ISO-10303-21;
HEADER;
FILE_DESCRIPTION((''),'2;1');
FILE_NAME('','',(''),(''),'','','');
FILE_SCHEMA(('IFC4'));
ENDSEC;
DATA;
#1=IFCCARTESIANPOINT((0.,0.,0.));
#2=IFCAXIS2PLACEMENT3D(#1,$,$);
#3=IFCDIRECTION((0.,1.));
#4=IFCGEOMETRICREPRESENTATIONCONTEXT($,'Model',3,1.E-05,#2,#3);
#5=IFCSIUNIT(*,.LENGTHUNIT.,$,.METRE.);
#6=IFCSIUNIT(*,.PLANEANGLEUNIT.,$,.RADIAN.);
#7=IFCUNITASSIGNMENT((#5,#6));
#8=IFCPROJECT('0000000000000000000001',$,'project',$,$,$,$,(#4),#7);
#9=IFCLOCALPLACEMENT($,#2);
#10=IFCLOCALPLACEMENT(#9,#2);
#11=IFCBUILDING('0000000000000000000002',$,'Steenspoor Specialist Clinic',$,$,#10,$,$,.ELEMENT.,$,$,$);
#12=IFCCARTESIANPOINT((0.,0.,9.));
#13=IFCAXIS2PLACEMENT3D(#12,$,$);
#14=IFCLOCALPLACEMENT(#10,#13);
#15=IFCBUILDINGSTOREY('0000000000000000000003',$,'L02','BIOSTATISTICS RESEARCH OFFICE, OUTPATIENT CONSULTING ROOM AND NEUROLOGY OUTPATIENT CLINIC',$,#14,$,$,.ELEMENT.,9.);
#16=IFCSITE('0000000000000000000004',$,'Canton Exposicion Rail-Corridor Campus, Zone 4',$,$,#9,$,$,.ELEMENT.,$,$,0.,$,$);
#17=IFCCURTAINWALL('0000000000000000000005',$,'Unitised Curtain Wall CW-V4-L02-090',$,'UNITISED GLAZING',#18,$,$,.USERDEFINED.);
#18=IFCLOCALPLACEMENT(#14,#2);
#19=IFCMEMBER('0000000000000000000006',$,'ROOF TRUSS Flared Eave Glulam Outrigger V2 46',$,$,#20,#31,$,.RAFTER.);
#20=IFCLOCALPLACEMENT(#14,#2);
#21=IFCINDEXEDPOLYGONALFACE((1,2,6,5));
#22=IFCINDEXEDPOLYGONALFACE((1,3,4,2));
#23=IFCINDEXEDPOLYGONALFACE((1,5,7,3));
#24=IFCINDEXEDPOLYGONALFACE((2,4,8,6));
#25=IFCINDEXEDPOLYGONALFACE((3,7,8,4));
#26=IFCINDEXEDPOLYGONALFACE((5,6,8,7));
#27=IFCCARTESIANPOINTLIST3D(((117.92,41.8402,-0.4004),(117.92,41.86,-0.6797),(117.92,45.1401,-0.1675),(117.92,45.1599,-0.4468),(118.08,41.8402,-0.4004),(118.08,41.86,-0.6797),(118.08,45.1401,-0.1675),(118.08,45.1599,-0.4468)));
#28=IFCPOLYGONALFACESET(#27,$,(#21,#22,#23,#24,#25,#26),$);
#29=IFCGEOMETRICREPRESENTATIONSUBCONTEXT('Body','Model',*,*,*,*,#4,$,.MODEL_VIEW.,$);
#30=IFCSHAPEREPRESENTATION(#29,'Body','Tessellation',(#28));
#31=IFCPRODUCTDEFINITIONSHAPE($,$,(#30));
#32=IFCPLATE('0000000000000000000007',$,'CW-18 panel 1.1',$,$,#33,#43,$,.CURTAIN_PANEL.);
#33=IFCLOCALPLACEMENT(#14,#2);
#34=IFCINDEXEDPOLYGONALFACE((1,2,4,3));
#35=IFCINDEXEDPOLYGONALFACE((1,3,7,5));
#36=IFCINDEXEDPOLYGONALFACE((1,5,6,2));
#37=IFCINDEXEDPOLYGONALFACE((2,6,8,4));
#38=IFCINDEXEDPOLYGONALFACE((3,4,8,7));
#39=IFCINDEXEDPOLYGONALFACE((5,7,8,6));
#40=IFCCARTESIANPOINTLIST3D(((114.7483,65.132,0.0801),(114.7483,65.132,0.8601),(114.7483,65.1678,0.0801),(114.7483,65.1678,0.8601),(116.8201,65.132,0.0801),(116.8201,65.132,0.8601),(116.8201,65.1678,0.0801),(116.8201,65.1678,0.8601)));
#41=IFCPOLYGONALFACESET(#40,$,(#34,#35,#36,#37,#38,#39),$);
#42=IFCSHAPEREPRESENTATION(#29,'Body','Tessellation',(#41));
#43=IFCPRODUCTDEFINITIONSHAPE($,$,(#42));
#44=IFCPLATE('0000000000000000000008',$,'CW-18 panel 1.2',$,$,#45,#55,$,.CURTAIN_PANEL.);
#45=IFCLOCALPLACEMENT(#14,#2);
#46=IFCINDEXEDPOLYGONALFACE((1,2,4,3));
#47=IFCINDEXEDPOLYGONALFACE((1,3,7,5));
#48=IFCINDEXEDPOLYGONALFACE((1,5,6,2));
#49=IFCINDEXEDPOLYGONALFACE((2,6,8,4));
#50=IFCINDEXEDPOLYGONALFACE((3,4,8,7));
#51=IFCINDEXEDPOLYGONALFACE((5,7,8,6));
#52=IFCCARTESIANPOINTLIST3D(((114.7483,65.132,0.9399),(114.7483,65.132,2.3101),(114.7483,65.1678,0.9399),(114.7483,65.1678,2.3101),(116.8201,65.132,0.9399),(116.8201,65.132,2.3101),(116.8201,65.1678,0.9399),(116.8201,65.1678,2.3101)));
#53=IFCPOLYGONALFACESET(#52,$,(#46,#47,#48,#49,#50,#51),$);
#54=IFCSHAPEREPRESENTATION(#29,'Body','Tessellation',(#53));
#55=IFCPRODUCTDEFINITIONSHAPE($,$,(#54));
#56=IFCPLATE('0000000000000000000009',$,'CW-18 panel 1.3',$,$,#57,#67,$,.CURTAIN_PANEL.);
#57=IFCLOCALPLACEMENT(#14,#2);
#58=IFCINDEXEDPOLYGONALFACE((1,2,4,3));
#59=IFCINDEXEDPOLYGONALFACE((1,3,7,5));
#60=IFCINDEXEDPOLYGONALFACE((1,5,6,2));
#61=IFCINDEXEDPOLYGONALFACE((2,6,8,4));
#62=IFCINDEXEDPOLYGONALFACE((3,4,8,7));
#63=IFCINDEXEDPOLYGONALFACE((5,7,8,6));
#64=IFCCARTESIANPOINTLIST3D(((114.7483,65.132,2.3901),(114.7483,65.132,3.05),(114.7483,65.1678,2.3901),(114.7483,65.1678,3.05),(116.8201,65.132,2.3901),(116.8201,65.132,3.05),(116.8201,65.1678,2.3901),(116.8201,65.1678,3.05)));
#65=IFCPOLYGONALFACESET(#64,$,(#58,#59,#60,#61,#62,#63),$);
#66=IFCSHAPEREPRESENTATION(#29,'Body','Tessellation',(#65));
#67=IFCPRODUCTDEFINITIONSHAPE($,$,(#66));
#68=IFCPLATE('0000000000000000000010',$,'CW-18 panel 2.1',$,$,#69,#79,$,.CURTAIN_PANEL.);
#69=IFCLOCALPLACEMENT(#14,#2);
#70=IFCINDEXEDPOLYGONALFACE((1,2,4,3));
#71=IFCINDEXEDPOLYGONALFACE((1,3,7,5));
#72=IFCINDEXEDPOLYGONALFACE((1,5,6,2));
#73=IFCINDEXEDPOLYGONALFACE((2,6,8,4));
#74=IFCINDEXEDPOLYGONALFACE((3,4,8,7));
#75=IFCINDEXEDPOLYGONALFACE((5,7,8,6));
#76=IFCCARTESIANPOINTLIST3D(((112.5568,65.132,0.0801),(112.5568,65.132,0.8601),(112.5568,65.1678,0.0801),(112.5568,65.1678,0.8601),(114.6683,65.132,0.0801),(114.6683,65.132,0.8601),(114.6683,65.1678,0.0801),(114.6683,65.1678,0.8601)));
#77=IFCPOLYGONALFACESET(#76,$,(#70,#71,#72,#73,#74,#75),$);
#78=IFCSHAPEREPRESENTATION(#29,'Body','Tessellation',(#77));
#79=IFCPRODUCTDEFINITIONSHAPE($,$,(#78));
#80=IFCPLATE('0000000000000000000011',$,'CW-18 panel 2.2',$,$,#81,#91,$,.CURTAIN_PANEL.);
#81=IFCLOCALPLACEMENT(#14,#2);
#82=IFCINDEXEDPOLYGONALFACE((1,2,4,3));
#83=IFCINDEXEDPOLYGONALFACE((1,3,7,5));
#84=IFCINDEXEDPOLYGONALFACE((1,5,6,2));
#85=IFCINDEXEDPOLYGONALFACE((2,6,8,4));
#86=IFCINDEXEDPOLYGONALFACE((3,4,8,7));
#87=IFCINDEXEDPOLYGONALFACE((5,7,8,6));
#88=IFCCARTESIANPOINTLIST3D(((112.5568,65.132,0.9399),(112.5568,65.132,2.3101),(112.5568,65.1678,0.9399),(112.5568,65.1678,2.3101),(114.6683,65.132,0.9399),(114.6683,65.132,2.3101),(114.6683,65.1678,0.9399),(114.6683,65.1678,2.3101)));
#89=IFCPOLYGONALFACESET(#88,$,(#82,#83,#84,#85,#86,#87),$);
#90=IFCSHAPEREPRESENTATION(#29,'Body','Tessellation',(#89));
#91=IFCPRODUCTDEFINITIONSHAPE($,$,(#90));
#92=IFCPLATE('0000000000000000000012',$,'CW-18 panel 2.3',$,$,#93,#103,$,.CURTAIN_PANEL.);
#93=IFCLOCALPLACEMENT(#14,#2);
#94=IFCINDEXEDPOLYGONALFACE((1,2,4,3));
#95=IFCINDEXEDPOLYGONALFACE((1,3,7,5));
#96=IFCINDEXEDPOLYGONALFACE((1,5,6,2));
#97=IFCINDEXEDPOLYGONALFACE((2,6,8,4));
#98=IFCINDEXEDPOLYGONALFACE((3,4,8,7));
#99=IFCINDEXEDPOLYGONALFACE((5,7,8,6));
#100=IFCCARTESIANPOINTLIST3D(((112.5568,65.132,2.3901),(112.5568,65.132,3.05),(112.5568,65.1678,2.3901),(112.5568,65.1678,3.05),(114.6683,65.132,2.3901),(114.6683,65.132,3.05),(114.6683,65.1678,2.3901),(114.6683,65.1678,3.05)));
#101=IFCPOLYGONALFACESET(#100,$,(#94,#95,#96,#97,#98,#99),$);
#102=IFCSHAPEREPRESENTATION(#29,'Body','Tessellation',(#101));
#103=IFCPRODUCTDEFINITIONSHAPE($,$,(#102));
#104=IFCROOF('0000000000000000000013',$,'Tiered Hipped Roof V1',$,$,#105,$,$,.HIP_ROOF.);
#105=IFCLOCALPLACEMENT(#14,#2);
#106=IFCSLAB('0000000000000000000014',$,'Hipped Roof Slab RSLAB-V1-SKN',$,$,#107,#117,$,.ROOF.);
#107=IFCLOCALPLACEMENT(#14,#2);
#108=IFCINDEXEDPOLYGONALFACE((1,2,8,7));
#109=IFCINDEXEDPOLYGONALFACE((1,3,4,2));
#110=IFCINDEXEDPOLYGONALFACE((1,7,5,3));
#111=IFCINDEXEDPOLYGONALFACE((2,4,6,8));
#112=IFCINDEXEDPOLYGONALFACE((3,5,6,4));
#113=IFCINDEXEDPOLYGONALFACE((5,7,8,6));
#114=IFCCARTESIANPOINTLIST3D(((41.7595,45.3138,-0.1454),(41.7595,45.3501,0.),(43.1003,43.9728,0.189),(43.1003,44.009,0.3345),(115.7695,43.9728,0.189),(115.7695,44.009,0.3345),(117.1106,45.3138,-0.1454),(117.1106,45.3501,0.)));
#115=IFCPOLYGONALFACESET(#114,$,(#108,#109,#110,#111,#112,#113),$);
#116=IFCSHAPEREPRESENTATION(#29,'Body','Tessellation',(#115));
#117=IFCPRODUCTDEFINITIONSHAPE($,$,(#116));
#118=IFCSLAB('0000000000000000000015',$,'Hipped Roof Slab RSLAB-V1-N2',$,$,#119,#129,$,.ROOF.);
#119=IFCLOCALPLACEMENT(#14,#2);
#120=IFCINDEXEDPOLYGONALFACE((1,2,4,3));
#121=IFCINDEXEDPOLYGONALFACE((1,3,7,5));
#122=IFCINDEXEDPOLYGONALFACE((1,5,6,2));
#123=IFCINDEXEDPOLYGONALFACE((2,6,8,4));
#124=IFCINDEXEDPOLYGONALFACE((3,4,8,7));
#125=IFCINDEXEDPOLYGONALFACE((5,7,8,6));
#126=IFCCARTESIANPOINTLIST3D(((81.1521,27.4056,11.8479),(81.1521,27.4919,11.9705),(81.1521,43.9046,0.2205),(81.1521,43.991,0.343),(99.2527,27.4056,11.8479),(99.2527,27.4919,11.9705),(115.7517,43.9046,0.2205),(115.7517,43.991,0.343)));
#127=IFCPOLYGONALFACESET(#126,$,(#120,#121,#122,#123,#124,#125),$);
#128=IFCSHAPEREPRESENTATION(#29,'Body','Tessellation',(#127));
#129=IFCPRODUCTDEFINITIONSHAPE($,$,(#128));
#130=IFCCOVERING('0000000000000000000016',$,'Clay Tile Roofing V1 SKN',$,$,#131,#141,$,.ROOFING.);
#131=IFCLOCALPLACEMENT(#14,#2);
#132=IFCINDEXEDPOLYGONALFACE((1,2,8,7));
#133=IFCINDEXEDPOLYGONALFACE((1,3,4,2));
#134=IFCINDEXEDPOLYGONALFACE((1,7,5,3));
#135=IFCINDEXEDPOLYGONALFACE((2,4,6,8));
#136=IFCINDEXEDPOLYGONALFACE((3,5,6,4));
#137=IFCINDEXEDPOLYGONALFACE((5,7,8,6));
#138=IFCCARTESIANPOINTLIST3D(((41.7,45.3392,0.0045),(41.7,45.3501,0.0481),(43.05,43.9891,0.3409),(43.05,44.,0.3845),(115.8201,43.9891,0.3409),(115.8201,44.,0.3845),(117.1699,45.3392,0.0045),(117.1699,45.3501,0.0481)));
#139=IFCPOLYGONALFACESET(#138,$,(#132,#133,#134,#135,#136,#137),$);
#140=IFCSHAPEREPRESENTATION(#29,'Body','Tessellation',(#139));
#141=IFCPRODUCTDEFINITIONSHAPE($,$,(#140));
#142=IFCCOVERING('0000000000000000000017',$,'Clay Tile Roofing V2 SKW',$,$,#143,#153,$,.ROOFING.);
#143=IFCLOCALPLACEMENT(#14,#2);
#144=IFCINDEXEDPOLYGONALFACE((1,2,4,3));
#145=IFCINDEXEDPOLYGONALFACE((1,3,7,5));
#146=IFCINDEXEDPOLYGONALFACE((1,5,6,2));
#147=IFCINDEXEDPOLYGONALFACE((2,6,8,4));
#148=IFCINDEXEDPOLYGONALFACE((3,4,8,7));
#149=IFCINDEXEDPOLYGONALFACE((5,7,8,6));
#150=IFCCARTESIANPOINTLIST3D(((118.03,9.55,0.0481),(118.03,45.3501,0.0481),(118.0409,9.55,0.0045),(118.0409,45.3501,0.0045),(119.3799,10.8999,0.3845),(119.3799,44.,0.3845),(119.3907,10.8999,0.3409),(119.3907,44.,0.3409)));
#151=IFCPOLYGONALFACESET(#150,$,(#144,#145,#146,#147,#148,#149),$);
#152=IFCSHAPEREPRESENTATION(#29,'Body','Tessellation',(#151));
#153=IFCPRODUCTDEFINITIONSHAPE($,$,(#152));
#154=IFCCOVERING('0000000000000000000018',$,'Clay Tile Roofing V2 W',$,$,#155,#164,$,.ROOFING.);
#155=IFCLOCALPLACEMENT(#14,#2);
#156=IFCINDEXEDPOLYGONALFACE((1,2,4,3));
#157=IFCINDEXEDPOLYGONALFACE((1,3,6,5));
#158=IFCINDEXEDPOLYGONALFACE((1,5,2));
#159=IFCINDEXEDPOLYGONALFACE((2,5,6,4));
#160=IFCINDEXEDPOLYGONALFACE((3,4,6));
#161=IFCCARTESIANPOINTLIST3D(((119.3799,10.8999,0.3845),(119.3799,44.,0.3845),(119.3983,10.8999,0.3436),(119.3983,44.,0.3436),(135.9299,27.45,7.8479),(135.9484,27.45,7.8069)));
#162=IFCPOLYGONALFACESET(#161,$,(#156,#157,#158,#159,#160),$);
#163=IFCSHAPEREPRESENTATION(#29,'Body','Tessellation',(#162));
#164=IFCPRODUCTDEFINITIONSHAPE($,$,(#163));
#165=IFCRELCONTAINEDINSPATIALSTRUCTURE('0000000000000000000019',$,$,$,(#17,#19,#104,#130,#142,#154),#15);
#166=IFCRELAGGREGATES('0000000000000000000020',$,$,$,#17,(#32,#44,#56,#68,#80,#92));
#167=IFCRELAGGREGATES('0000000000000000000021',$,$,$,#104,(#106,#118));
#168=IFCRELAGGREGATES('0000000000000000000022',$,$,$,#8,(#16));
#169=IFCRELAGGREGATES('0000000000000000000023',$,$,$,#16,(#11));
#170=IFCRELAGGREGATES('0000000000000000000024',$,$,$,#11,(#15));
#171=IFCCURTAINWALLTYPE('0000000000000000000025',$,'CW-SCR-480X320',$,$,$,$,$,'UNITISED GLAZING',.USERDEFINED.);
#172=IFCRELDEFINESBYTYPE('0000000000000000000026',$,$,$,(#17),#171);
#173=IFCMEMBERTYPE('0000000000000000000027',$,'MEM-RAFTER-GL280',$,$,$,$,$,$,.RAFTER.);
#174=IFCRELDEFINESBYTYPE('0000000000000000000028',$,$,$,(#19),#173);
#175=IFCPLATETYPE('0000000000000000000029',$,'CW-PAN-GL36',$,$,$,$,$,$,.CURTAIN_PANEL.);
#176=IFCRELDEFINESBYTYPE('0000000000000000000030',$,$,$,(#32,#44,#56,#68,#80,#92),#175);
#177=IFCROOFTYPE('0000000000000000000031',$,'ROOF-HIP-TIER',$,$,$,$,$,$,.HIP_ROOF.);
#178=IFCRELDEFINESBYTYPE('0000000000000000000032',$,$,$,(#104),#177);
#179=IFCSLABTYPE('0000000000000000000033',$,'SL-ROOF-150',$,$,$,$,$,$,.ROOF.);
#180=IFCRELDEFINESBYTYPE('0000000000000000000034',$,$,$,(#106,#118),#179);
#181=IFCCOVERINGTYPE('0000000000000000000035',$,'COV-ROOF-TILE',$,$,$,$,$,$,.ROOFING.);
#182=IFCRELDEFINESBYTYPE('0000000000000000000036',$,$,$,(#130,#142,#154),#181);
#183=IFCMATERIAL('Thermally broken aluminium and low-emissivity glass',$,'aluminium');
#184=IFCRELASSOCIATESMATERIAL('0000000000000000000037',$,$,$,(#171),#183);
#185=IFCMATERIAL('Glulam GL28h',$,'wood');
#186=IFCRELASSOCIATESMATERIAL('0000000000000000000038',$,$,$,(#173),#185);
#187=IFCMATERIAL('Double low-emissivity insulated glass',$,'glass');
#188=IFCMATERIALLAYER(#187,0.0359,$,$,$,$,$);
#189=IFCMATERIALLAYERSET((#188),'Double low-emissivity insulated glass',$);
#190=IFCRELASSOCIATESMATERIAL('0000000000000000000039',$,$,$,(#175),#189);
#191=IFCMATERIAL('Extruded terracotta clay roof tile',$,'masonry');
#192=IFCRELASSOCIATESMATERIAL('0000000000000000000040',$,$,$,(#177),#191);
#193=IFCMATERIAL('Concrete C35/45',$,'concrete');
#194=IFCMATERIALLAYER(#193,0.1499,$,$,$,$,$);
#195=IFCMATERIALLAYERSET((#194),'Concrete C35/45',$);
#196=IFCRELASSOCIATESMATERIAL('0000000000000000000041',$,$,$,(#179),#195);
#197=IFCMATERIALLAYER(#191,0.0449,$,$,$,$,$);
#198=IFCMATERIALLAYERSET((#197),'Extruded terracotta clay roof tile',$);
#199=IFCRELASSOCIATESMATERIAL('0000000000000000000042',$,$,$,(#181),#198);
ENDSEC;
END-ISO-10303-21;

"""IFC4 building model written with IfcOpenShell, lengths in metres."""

from ifc_helpers import new_model, si_unit, direction, frame, origin, origin_2d, place, context, subcontext, project, spatial, polyline, rectangle, outline, extrude, material, layer, layer_set, material_profile, profile_set, type_object, element, aggregate, save


model = new_model("IFC4")

# Units and contexts
model_context = context("Model", 3, precision=1e-05, world=origin(), true_north=direction((0.0, 1.0)))
body_context = subcontext(model_context, "Body", "Model", "MODEL_VIEW")
ifc_project = project(units=[si_unit("LENGTHUNIT", "METRE"), si_unit("PLANEANGLEUNIT", "RADIAN")], contexts=[model_context])

# Site, building, storey
site_placement = place(None, origin())
site = spatial("IfcSite", under=ifc_project, at=site_placement, Name="Canton Exposicion Rail-Corridor Campus, Zone 4", CompositionType="ELEMENT", RefElevation=0.0)
building_placement = place(site_placement, origin())
building = spatial("IfcBuilding", under=site, at=building_placement, Name="Steenspoor Specialist Clinic", CompositionType="ELEMENT")
storey_placement = place(building_placement, frame((0.0, 0.0, 9.0)))
storey = spatial("IfcBuildingStorey", under=building, at=storey_placement, Name="L02", Description="BIOSTATISTICS RESEARCH OFFICE, OUTPATIENT CONSULTING ROOM AND NEUROLOGY OUTPATIENT CLINIC", CompositionType="ELEMENT", Elevation=9.0)

# Curtain wall
ifc_material_1 = material(Name="Thermally broken aluminium and low-emissivity glass", Category="aluminium")
curtain_wall_type = type_object("IfcCurtainWallType", Name="CW-SCR-480X320", ElementType="UNITISED GLAZING", PredefinedType="USERDEFINED", material=ifc_material_1)
curtain_wall_placement = place(storey_placement, origin())
curtain_wall = element("IfcCurtainWall", 1, at=curtain_wall_placement, inside=storey, type_object=curtain_wall_type, Name="Unitised Curtain Wall CW-V4-L02-090", ObjectType="UNITISED GLAZING", PredefinedType="USERDEFINED")

# Member
ifc_material_2 = material(Name="Glulam GL28h", Category="wood")
ifc_material_profile_1 = material_profile(ifc_material_2, rectangle(XDim=0.1599, YDim=0.28, at=origin_2d()), Name="GL28H-160X280")
ifc_profile_set_1 = profile_set([ifc_material_profile_1], Name="Glulam GL28h")
member_type_1 = type_object("IfcMemberType", Name="MEM-RAFTER-GL280", PredefinedType="RAFTER", material=ifc_profile_set_1)
member_1_placement = place(storey_placement, frame((118.0, 41.8501, -0.54), z_axis=(0.0, 0.997518, 0.070408), x_axis=(-1.0, 0.0, 0.0)))
element("IfcMember", 2, at=member_1_placement, inside=storey, type_object=member_type_1, Name="ROOF TRUSS Flared Eave Glulam Outrigger V2 46", PredefinedType="RAFTER", context=body_context, shape_type="SweptSolid", body=[
    extrude(rectangle(XDim=0.1599, YDim=0.28, at=origin_2d()), origin(), (0.0, 0.0, 1.0), 3.3081),
])

# Plates
ifc_material_3 = material(Name="Double low-emissivity insulated glass", Category="glass")
ifc_layer_1 = layer(ifc_material_3, 0.0359)
ifc_layer_set_1 = layer_set([ifc_layer_1], Name="Double low-emissivity insulated glass")
plate_type = type_object("IfcPlateType", Name="CW-PAN-GL36", PredefinedType="CURTAIN_PANEL", material=ifc_layer_set_1)
plate_1_placement = place(storey_placement, frame((115.7842, 65.1499, 0.0801), z_axis=(0.0, 0.0, 1.0), x_axis=(-1.0, 0.0, 0.0)))
plate_1 = element("IfcPlate", 3, at=plate_1_placement, type_object=plate_type, Name="CW-18 panel 1.1", PredefinedType="CURTAIN_PANEL", context=body_context, shape_type="SweptSolid", body=[
    extrude(rectangle(XDim=2.0718, YDim=0.0359, at=origin_2d()), origin(), (0.0, 0.0, 1.0), 0.78),
])
plate_2_placement = place(storey_placement, frame((115.7842, 65.1499, 0.9399), z_axis=(0.0, 0.0, 1.0), x_axis=(-1.0, 0.0, 0.0)))
plate_2 = element("IfcPlate", 4, at=plate_2_placement, type_object=plate_type, Name="CW-18 panel 1.2", PredefinedType="CURTAIN_PANEL", context=body_context, shape_type="SweptSolid", body=[
    extrude(rectangle(XDim=2.0718, YDim=0.0359, at=origin_2d()), origin(), (0.0, 0.0, 1.0), 1.3701),
])
plate_3_placement = place(storey_placement, frame((115.7842, 65.1499, 2.3901), z_axis=(0.0, 0.0, 1.0), x_axis=(-1.0, 0.0, 0.0)))
plate_3 = element("IfcPlate", 5, at=plate_3_placement, type_object=plate_type, Name="CW-18 panel 1.3", PredefinedType="CURTAIN_PANEL", context=body_context, shape_type="SweptSolid", body=[
    extrude(rectangle(XDim=2.0718, YDim=0.0359, at=origin_2d()), origin(), (0.0, 0.0, 1.0), 0.6599),
])
plate_4_placement = place(storey_placement, frame((113.6125, 65.1499, 0.0801), z_axis=(0.0, 0.0, 1.0), x_axis=(-1.0, 0.0, 0.0)))
plate_4 = element("IfcPlate", 6, at=plate_4_placement, type_object=plate_type, Name="CW-18 panel 2.1", PredefinedType="CURTAIN_PANEL", context=body_context, shape_type="SweptSolid", body=[
    extrude(rectangle(XDim=2.1116, YDim=0.0359, at=origin_2d()), origin(), (0.0, 0.0, 1.0), 0.78),
])
plate_5_placement = place(storey_placement, frame((113.6125, 65.1499, 0.9399), z_axis=(0.0, 0.0, 1.0), x_axis=(-1.0, 0.0, 0.0)))
plate_5 = element("IfcPlate", 7, at=plate_5_placement, type_object=plate_type, Name="CW-18 panel 2.2", PredefinedType="CURTAIN_PANEL", context=body_context, shape_type="SweptSolid", body=[
    extrude(rectangle(XDim=2.1116, YDim=0.0359, at=origin_2d()), origin(), (0.0, 0.0, 1.0), 1.3701),
])
plate_6_placement = place(storey_placement, frame((113.6125, 65.1499, 2.3901), z_axis=(0.0, 0.0, 1.0), x_axis=(-1.0, 0.0, 0.0)))
plate_6 = element("IfcPlate", 8, at=plate_6_placement, type_object=plate_type, Name="CW-18 panel 2.3", PredefinedType="CURTAIN_PANEL", context=body_context, shape_type="SweptSolid", body=[
    extrude(rectangle(XDim=2.1116, YDim=0.0359, at=origin_2d()), origin(), (0.0, 0.0, 1.0), 0.6599),
])
aggregate(curtain_wall, [plate_1, plate_2, plate_3, plate_4, plate_5, plate_6])

# Roof, slabs
ifc_material_4 = material(Name="Extruded terracotta clay roof tile", Category="masonry")
roof_type = type_object("IfcRoofType", Name="ROOF-HIP-TIER", PredefinedType="HIP_ROOF", material=ifc_material_4)
roof_1_placement = place(storey_placement, origin())
roof_1 = element("IfcRoof", 9, at=roof_1_placement, inside=storey, type_object=roof_type, Name="Tiered Hipped Roof V1", PredefinedType="HIP_ROOF")
ifc_material_5 = material(Name="Concrete C35/45", Category="concrete")
ifc_layer_2 = layer(ifc_material_5, 0.1499)
ifc_layer_set_2 = layer_set([ifc_layer_2], Name="Concrete C35/45")
slab_type = type_object("IfcSlabType", Name="SL-ROOF-150", PredefinedType="ROOF", material=ifc_layer_set_2)
slab_1_placement = place(storey_placement, frame((115.7695, 44.009, 0.3345), z_axis=(0.0, 0.241995, 0.970277), x_axis=(0.696361, 0.696361, -0.173678)))
slab_1 = element("IfcSlab", 10, at=slab_1_placement, type_object=slab_type, Name="Hipped Roof Slab RSLAB-V1-SKN", PredefinedType="ROOF", context=body_context, shape_type="SweptSolid", body=[
    extrude(outline(polyline([(0.0, 0.0), (1.9258, 0.0), (-50.5457, 54.0789), (-50.604, 52.1541), (0.0, 0.0)])), origin(), (0.0, 0.0, -1.0), 0.1499),
])
slab_2_placement = place(storey_placement, frame((115.7517, 43.991, 0.343), z_axis=(0.0, 0.576057, 0.817409), x_axis=(-1.0, 0.0, 0.0)))
slab_2 = element("IfcSlab", 11, at=slab_2_placement, type_object=slab_type, Name="Hipped Roof Slab RSLAB-V1-N2", PredefinedType="ROOF", context=body_context, shape_type="SweptSolid", body=[
    extrude(outline(polyline([(0.0, 0.0), (34.5996, 0.0), (34.5996, 20.1845), (16.499, 20.1845), (0.0, 0.0)])), origin(), (0.0, 0.0, -1.0), 0.1499),
])
aggregate(roof_1, [slab_1, slab_2])

# Coverings
ifc_layer_3 = layer(ifc_material_4, 0.0449)
ifc_layer_set_3 = layer_set([ifc_layer_3], Name="Extruded terracotta clay roof tile")
covering_type = type_object("IfcCoveringType", Name="COV-ROOF-TILE", PredefinedType="ROOFING", material=ifc_layer_set_3)
covering_1_placement = place(storey_placement, frame((117.1699, 45.3501, 0.0481), z_axis=(0.0, 0.241792, 0.970328), x_axis=(-1.0, 0.0, 0.0)))
element("IfcCovering", 12, at=covering_1_placement, inside=storey, type_object=covering_type, Name="Clay Tile Roofing V1 SKN", PredefinedType="ROOFING", context=body_context, shape_type="SweptSolid", body=[
    extrude(outline(polyline([(0.0, 0.0), (75.47, 0.0), (74.1199, 1.3914), (1.3499, 1.3914), (0.0, 0.0)])), origin(), (0.0, 0.0, -1.0), 0.0449),
])
covering_2_placement = place(storey_placement, frame((118.03, 45.3501, 0.0481), z_axis=(-0.241834, 0.0, 0.970318), x_axis=(0.0, -1.0, 0.0)))
element("IfcCovering", 13, at=covering_2_placement, inside=storey, type_object=covering_type, Name="Clay Tile Roofing V2 SKW", PredefinedType="ROOFING", context=body_context, shape_type="SweptSolid", body=[
    extrude(outline(polyline([(0.0, 0.0), (35.8, 0.0), (34.4502, 1.3911), (1.3501, 1.3911), (0.0, 0.0)])), origin(), (0.0, 0.0, -1.0), 0.0449),
])
covering_3_placement = place(storey_placement, frame((119.3799, 44.0, 0.3845), z_axis=(-0.411091, 0.0, 0.911594), x_axis=(0.0, -1.0, 0.0)))
element("IfcCovering", 14, at=covering_3_placement, inside=storey, type_object=covering_type, Name="Clay Tile Roofing V2 W", PredefinedType="ROOFING", context=body_context, shape_type="SweptSolid", body=[
    extrude(outline(polyline([(0.0, 0.0), (33.1001, 0.0), (16.55, 18.1551), (0.0, 0.0)])), origin(), (0.0, 0.0, -1.0), 0.0449),
])

save(model, "model.ifc")
